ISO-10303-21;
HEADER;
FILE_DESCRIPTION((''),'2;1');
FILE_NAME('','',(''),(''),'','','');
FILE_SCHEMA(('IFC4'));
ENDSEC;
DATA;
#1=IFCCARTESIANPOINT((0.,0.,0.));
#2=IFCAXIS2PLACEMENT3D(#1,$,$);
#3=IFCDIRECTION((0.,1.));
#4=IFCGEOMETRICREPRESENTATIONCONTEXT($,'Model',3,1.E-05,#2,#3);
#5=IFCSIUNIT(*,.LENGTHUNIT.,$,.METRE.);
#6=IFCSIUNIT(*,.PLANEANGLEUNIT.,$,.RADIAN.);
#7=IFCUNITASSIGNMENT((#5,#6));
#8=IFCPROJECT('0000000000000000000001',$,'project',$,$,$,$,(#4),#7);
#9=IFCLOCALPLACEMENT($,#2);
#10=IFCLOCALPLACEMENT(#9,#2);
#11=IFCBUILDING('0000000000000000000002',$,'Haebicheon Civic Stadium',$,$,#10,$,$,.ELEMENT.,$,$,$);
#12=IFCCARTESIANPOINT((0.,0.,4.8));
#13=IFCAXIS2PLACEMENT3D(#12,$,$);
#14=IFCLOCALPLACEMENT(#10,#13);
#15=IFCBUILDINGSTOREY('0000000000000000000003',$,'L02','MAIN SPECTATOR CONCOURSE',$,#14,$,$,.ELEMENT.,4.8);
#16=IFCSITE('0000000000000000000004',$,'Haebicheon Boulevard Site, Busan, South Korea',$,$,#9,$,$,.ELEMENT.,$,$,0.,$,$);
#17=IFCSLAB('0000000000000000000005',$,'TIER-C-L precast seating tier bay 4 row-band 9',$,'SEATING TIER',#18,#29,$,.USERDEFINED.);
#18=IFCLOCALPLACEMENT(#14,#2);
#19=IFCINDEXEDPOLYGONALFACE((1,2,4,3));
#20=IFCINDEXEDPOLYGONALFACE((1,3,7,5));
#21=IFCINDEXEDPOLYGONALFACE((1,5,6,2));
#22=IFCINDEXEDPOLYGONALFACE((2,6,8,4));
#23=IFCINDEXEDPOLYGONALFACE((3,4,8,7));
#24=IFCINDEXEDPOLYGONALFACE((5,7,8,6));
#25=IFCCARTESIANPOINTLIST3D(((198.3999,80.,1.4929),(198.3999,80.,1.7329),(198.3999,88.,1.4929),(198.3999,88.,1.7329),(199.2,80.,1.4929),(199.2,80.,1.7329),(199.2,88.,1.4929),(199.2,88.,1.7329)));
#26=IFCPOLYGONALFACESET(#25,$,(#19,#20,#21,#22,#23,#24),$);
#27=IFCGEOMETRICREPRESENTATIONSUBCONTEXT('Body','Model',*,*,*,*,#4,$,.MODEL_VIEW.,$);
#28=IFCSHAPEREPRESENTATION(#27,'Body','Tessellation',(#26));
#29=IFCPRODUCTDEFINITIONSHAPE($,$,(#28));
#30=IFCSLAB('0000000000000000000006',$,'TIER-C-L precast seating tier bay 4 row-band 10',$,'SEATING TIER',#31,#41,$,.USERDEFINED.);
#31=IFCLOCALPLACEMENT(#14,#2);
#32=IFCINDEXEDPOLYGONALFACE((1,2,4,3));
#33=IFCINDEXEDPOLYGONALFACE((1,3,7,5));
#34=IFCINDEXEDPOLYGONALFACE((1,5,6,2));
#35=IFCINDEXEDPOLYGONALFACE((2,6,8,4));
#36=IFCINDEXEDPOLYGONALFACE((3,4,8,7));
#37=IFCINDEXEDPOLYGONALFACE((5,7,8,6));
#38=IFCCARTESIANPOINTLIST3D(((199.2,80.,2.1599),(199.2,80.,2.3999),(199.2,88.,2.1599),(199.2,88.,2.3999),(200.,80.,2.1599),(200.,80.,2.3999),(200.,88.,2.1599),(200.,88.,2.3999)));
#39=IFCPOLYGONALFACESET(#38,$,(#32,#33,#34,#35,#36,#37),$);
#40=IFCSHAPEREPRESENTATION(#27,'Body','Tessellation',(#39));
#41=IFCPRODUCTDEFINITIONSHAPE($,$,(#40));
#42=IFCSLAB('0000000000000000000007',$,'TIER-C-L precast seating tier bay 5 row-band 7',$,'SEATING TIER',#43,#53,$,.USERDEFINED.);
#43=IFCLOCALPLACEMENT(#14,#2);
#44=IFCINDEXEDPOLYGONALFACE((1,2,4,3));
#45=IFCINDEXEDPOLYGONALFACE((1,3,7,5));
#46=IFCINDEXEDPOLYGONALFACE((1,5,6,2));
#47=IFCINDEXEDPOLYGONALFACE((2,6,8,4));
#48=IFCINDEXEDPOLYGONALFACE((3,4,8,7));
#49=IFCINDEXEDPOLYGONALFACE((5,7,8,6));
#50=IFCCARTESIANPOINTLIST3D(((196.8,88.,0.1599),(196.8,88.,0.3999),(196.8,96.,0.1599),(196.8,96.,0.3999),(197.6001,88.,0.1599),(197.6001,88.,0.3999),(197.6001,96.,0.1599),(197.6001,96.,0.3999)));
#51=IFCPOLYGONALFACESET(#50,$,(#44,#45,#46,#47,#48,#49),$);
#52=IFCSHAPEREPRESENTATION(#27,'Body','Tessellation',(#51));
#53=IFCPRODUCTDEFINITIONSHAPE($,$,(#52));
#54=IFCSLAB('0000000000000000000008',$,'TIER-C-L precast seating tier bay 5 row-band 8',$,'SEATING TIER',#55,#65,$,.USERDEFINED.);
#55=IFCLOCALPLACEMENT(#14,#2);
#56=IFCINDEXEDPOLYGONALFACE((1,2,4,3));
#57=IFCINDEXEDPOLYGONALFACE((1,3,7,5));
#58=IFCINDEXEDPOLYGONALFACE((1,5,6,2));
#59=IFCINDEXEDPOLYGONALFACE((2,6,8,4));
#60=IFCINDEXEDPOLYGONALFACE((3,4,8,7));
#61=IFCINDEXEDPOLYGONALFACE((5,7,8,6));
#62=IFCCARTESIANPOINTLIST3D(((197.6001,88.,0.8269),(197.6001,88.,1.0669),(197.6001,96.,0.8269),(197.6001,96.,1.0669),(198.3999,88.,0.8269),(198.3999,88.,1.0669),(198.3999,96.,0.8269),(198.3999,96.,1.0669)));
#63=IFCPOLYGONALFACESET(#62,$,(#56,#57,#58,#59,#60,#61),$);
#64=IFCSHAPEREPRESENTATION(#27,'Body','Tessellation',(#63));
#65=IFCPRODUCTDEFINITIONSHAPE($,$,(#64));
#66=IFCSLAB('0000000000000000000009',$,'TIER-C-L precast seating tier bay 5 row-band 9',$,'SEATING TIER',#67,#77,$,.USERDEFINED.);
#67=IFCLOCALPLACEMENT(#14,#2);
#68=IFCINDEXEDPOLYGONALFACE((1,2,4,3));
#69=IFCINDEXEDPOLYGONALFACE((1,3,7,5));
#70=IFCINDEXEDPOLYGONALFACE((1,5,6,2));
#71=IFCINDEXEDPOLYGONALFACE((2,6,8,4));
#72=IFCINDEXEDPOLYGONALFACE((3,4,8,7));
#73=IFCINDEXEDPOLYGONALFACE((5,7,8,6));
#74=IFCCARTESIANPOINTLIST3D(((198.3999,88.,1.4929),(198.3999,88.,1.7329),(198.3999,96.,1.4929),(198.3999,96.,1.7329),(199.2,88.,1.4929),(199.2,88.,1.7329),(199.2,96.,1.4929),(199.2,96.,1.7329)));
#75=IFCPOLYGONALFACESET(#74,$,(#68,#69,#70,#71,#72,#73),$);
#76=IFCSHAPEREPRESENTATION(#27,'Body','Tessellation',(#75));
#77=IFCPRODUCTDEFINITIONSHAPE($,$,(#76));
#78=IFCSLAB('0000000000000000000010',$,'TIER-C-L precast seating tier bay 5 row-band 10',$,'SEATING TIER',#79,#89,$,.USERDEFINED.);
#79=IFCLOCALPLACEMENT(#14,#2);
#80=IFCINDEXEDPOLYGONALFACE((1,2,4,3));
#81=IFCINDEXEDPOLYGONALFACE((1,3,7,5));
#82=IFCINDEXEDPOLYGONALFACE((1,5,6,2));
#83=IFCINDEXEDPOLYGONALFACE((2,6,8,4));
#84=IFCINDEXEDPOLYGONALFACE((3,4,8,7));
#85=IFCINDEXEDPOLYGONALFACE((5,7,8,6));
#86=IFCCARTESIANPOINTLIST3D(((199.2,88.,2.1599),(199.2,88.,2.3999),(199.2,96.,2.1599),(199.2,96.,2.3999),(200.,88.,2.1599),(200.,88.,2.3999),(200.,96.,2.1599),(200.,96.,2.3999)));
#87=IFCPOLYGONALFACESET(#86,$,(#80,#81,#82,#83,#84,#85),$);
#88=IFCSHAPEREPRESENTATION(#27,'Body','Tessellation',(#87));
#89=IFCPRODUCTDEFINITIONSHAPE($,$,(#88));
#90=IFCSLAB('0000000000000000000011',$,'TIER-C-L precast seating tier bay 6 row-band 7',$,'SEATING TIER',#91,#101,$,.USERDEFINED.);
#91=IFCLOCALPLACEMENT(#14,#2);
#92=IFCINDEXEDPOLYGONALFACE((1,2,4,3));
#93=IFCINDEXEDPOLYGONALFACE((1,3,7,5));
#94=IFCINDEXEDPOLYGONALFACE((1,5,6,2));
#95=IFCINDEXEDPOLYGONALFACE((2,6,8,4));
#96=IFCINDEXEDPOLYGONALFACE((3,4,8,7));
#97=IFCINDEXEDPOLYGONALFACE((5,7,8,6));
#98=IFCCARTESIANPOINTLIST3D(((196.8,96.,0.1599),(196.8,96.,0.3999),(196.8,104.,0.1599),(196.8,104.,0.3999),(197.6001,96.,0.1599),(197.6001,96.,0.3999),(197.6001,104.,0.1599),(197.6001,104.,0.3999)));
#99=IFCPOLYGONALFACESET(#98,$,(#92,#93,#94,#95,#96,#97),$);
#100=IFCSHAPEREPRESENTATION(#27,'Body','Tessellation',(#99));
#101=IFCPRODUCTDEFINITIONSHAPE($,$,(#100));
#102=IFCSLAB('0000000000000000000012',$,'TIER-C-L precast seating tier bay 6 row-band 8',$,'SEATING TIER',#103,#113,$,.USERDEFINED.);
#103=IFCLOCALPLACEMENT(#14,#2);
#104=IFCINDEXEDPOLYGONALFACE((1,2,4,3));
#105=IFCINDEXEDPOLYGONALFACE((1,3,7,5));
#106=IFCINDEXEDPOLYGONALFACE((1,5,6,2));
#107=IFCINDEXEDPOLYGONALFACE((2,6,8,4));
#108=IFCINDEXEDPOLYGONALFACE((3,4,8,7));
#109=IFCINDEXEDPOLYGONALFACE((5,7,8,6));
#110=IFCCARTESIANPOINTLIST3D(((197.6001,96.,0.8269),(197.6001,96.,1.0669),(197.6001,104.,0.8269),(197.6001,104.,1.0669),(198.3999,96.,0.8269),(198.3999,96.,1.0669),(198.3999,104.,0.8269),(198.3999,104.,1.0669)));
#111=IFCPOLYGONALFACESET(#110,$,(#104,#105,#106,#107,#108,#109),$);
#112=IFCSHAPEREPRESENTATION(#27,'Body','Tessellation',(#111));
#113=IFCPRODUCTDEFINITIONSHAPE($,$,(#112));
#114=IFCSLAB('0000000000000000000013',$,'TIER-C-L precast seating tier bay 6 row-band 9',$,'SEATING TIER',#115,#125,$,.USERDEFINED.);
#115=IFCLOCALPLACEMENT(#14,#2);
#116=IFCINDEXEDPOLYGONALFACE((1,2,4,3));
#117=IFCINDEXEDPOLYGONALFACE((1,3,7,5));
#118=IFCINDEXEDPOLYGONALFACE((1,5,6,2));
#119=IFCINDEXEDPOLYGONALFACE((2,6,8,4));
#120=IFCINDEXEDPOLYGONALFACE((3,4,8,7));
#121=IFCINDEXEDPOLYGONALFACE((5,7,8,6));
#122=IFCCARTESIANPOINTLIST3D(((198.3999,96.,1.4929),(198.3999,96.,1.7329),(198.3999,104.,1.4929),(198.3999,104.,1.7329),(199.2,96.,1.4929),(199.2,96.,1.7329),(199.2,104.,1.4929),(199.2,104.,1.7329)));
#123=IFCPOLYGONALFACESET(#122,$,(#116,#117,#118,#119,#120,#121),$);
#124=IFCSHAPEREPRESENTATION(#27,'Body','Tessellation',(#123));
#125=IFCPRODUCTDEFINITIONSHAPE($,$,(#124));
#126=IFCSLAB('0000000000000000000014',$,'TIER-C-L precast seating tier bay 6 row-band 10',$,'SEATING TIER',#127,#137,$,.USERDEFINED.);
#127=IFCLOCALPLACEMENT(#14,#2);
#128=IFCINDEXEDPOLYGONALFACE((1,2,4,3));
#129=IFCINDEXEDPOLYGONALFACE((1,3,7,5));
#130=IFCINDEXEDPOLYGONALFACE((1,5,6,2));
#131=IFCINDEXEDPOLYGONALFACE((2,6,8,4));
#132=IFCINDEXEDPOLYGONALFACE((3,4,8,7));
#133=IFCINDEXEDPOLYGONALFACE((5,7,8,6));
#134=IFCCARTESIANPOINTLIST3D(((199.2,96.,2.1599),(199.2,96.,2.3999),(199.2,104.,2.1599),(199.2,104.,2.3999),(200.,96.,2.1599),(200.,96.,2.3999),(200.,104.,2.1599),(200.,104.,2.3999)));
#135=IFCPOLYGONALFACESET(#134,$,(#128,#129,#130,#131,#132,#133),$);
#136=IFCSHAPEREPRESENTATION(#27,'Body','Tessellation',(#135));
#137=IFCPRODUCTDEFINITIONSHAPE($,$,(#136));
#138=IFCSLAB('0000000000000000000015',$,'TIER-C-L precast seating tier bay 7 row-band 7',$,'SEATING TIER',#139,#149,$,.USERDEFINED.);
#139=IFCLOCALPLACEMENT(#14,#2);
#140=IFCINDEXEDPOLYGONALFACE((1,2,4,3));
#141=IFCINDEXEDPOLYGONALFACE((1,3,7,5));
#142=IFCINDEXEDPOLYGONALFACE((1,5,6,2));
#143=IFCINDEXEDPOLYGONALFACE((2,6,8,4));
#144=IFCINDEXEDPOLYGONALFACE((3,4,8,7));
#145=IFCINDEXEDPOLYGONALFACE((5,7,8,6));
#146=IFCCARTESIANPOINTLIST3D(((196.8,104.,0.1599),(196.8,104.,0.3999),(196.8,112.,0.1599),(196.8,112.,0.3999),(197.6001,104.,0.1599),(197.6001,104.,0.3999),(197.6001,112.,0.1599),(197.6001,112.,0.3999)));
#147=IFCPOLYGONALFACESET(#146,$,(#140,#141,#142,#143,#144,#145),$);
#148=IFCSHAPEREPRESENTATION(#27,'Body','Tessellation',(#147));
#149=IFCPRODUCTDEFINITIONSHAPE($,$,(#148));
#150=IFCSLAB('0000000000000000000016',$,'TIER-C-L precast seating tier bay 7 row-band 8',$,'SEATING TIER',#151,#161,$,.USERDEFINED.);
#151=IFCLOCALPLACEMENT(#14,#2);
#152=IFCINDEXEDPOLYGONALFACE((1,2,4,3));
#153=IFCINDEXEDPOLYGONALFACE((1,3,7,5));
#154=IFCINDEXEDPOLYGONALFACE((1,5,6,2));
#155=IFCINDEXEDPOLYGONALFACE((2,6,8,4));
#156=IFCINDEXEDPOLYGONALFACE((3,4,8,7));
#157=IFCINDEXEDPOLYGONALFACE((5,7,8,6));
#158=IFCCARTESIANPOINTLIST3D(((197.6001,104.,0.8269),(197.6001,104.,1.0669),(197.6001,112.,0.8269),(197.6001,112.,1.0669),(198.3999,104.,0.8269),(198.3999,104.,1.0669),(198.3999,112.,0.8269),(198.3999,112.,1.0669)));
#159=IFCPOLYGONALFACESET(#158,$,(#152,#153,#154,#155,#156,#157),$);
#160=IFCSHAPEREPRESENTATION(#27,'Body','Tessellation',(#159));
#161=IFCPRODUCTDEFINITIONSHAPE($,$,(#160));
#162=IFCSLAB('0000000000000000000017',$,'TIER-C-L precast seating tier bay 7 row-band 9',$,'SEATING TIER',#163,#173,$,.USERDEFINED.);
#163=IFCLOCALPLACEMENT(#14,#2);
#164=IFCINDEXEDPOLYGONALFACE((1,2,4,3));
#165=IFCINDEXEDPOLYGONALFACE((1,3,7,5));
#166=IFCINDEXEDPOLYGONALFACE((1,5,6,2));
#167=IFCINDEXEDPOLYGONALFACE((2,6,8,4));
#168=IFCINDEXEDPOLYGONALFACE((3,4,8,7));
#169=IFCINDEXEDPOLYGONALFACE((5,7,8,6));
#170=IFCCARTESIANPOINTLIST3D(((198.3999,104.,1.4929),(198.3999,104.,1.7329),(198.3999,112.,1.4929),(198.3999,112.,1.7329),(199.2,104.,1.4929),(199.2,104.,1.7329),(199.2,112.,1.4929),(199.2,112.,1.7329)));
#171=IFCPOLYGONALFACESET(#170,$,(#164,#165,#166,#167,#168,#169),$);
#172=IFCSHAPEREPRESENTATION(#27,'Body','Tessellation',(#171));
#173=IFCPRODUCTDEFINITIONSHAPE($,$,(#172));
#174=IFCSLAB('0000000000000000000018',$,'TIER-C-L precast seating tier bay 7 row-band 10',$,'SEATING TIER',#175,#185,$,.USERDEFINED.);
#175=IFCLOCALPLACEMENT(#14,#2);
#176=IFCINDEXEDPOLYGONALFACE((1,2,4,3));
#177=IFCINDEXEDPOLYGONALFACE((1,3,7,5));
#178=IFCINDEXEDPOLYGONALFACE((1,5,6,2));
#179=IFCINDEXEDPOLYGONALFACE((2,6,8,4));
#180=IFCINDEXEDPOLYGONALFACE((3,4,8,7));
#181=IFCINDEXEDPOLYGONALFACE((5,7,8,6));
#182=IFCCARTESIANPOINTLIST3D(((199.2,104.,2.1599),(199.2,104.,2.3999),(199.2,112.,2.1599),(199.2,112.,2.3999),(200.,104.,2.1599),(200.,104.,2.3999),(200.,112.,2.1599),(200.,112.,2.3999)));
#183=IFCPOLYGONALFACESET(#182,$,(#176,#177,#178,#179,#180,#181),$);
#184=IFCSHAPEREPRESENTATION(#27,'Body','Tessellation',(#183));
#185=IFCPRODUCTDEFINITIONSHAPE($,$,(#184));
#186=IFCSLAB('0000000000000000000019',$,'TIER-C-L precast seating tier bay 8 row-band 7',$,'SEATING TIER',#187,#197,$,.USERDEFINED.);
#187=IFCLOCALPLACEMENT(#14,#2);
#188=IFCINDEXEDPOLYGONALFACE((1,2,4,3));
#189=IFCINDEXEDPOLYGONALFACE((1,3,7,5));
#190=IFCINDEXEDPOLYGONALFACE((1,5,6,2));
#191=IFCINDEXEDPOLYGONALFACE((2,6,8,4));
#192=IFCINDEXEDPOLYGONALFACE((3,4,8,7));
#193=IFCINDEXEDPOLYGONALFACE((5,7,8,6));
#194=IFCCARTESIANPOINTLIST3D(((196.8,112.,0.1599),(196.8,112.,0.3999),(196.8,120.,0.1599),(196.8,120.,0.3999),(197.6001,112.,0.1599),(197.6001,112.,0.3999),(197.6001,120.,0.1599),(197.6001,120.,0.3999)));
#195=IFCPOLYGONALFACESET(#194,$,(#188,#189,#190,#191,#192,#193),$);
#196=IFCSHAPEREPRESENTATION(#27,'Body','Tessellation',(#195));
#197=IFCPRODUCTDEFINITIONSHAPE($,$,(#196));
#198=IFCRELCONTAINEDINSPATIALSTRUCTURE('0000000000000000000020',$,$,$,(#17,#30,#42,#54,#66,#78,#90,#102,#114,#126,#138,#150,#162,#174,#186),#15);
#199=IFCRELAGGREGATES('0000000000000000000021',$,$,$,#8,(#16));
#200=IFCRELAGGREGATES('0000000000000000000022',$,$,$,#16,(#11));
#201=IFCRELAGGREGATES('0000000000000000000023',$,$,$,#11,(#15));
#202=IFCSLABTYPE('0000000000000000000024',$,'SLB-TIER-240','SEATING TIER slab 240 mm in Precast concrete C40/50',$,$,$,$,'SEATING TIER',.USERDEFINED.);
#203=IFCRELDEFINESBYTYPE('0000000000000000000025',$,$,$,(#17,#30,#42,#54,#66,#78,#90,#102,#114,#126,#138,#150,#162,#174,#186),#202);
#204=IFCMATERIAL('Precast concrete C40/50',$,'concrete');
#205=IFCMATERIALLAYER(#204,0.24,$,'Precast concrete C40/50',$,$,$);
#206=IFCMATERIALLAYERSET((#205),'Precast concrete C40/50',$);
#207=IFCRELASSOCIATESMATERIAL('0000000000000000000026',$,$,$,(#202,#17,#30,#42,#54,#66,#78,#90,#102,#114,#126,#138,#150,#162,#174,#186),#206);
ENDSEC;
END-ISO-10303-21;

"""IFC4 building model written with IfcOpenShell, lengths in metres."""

from ifc_helpers import new_model, si_unit, direction, frame, origin, place, context, subcontext, project, spatial, polyline, outline, extrude, material, layer, layer_set, type_object, element, save


model = new_model("IFC4")

# Units and contexts
model_context = context("Model", 3, precision=1e-05, world=origin(), true_north=direction((0.0, 1.0)))
body_context = subcontext(model_context, "Body", "Model", "MODEL_VIEW")
ifc_project = project(units=[si_unit("LENGTHUNIT", "METRE"), si_unit("PLANEANGLEUNIT", "RADIAN")], contexts=[model_context])

# Site, building, storey
site_placement = place(None, origin())
site = spatial("IfcSite", under=ifc_project, at=site_placement, Name="Haebicheon Boulevard Site, Busan, South Korea", CompositionType="ELEMENT", RefElevation=0.0)
building_placement = place(site_placement, origin())
building = spatial("IfcBuilding", under=site, at=building_placement, Name="Haebicheon Civic Stadium", CompositionType="ELEMENT")
storey_placement = place(building_placement, frame((0.0, 0.0, 4.8)))
storey = spatial("IfcBuildingStorey", under=building, at=storey_placement, Name="L02", Description="MAIN SPECTATOR CONCOURSE", CompositionType="ELEMENT", Elevation=4.8)

# Slabs
ifc_material_1 = material(Name="Precast concrete C40/50", Category="concrete")
ifc_layer_1 = layer(ifc_material_1, 0.24, Name="Precast concrete C40/50")
ifc_layer_set_1 = layer_set([ifc_layer_1], Name="Precast concrete C40/50")
slab_type_1 = type_object("IfcSlabType", Name="SLB-TIER-240", Description="SEATING TIER slab 240 mm in Precast concrete C40/50", ElementType="SEATING TIER", PredefinedType="USERDEFINED", material=ifc_layer_set_1)
slab_1_placement = place(storey_placement, frame((0.0, 0.0, 1.4929)))
element("IfcSlab", 1, at=slab_1_placement, inside=storey, type_object=slab_type_1, material=ifc_layer_set_1, Name="TIER-C-L precast seating tier bay 4 row-band 9", ObjectType="SEATING TIER", PredefinedType="USERDEFINED", context=body_context, shape_type="SweptSolid", body=[
    extrude(outline(polyline([(198.3999, 80.0), (199.2, 80.0), (199.2, 88.0), (198.3999, 88.0), (198.3999, 80.0)])), origin(), (0.0, 0.0, 1.0), 0.24),
])
slab_2_placement = place(storey_placement, frame((0.0, 0.0, 2.1599)))
element("IfcSlab", 2, at=slab_2_placement, inside=storey, type_object=slab_type_1, material=ifc_layer_set_1, Name="TIER-C-L precast seating tier bay 4 row-band 10", ObjectType="SEATING TIER", PredefinedType="USERDEFINED", context=body_context, shape_type="SweptSolid", body=[
    extrude(outline(polyline([(199.2, 80.0), (200.0, 80.0), (200.0, 88.0), (199.2, 88.0), (199.2, 80.0)])), origin(), (0.0, 0.0, 1.0), 0.24),
])
slab_3_placement = place(storey_placement, frame((0.0, 0.0, 0.1599)))
element("IfcSlab", 3, at=slab_3_placement, inside=storey, type_object=slab_type_1, material=ifc_layer_set_1, Name="TIER-C-L precast seating tier bay 5 row-band 7", ObjectType="SEATING TIER", PredefinedType="USERDEFINED", context=body_context, shape_type="SweptSolid", body=[
    extrude(outline(polyline([(196.8, 88.0), (197.6001, 88.0), (197.6001, 96.0), (196.8, 96.0), (196.8, 88.0)])), origin(), (0.0, 0.0, 1.0), 0.24),
])
slab_4_placement = place(storey_placement, frame((0.0, 0.0, 0.8269)))
element("IfcSlab", 4, at=slab_4_placement, inside=storey, type_object=slab_type_1, material=ifc_layer_set_1, Name="TIER-C-L precast seating tier bay 5 row-band 8", ObjectType="SEATING TIER", PredefinedType="USERDEFINED", context=body_context, shape_type="SweptSolid", body=[
    extrude(outline(polyline([(197.6001, 88.0), (198.3999, 88.0), (198.3999, 96.0), (197.6001, 96.0), (197.6001, 88.0)])), origin(), (0.0, 0.0, 1.0), 0.24),
])
slab_5_placement = place(storey_placement, frame((0.0, 0.0, 1.4929)))
element("IfcSlab", 5, at=slab_5_placement, inside=storey, type_object=slab_type_1, material=ifc_layer_set_1, Name="TIER-C-L precast seating tier bay 5 row-band 9", ObjectType="SEATING TIER", PredefinedType="USERDEFINED", context=body_context, shape_type="SweptSolid", body=[
    extrude(outline(polyline([(198.3999, 88.0), (199.2, 88.0), (199.2, 96.0), (198.3999, 96.0), (198.3999, 88.0)])), origin(), (0.0, 0.0, 1.0), 0.24),
])
slab_6_placement = place(storey_placement, frame((0.0, 0.0, 2.1599)))
element("IfcSlab", 6, at=slab_6_placement, inside=storey, type_object=slab_type_1, material=ifc_layer_set_1, Name="TIER-C-L precast seating tier bay 5 row-band 10", ObjectType="SEATING TIER", PredefinedType="USERDEFINED", context=body_context, shape_type="SweptSolid", body=[
    extrude(outline(polyline([(199.2, 88.0), (200.0, 88.0), (200.0, 96.0), (199.2, 96.0), (199.2, 88.0)])), origin(), (0.0, 0.0, 1.0), 0.24),
])
slab_7_placement = place(storey_placement, frame((0.0, 0.0, 0.1599)))
element("IfcSlab", 7, at=slab_7_placement, inside=storey, type_object=slab_type_1, material=ifc_layer_set_1, Name="TIER-C-L precast seating tier bay 6 row-band 7", ObjectType="SEATING TIER", PredefinedType="USERDEFINED", context=body_context, shape_type="SweptSolid", body=[
    extrude(outline(polyline([(196.8, 96.0), (197.6001, 96.0), (197.6001, 104.0), (196.8, 104.0), (196.8, 96.0)])), origin(), (0.0, 0.0, 1.0), 0.24),
])
slab_8_placement = place(storey_placement, frame((0.0, 0.0, 0.8269)))
element("IfcSlab", 8, at=slab_8_placement, inside=storey, type_object=slab_type_1, material=ifc_layer_set_1, Name="TIER-C-L precast seating tier bay 6 row-band 8", ObjectType="SEATING TIER", PredefinedType="USERDEFINED", context=body_context, shape_type="SweptSolid", body=[
    extrude(outline(polyline([(197.6001, 96.0), (198.3999, 96.0), (198.3999, 104.0), (197.6001, 104.0), (197.6001, 96.0)])), origin(), (0.0, 0.0, 1.0), 0.24),
])
slab_9_placement = place(storey_placement, frame((0.0, 0.0, 1.4929)))
element("IfcSlab", 9, at=slab_9_placement, inside=storey, type_object=slab_type_1, material=ifc_layer_set_1, Name="TIER-C-L precast seating tier bay 6 row-band 9", ObjectType="SEATING TIER", PredefinedType="USERDEFINED", context=body_context, shape_type="SweptSolid", body=[
    extrude(outline(polyline([(198.3999, 96.0), (199.2, 96.0), (199.2, 104.0), (198.3999, 104.0), (198.3999, 96.0)])), origin(), (0.0, 0.0, 1.0), 0.24),
])
slab_10_placement = place(storey_placement, frame((0.0, 0.0, 2.1599)))
element("IfcSlab", 10, at=slab_10_placement, inside=storey, type_object=slab_type_1, material=ifc_layer_set_1, Name="TIER-C-L precast seating tier bay 6 row-band 10", ObjectType="SEATING TIER", PredefinedType="USERDEFINED", context=body_context, shape_type="SweptSolid", body=[
    extrude(outline(polyline([(199.2, 96.0), (200.0, 96.0), (200.0, 104.0), (199.2, 104.0), (199.2, 96.0)])), origin(), (0.0, 0.0, 1.0), 0.24),
])
slab_11_placement = place(storey_placement, frame((0.0, 0.0, 0.1599)))
element("IfcSlab", 11, at=slab_11_placement, inside=storey, type_object=slab_type_1, material=ifc_layer_set_1, Name="TIER-C-L precast seating tier bay 7 row-band 7", ObjectType="SEATING TIER", PredefinedType="USERDEFINED", context=body_context, shape_type="SweptSolid", body=[
    extrude(outline(polyline([(196.8, 104.0), (197.6001, 104.0), (197.6001, 112.0), (196.8, 112.0), (196.8, 104.0)])), origin(), (0.0, 0.0, 1.0), 0.24),
])
slab_12_placement = place(storey_placement, frame((0.0, 0.0, 0.8269)))
element("IfcSlab", 12, at=slab_12_placement, inside=storey, type_object=slab_type_1, material=ifc_layer_set_1, Name="TIER-C-L precast seating tier bay 7 row-band 8", ObjectType="SEATING TIER", PredefinedType="USERDEFINED", context=body_context, shape_type="SweptSolid", body=[
    extrude(outline(polyline([(197.6001, 104.0), (198.3999, 104.0), (198.3999, 112.0), (197.6001, 112.0), (197.6001, 104.0)])), origin(), (0.0, 0.0, 1.0), 0.24),
])
slab_13_placement = place(storey_placement, frame((0.0, 0.0, 1.4929)))
element("IfcSlab", 13, at=slab_13_placement, inside=storey, type_object=slab_type_1, material=ifc_layer_set_1, Name="TIER-C-L precast seating tier bay 7 row-band 9", ObjectType="SEATING TIER", PredefinedType="USERDEFINED", context=body_context, shape_type="SweptSolid", body=[
    extrude(outline(polyline([(198.3999, 104.0), (199.2, 104.0), (199.2, 112.0), (198.3999, 112.0), (198.3999, 104.0)])), origin(), (0.0, 0.0, 1.0), 0.24),
])
slab_14_placement = place(storey_placement, frame((0.0, 0.0, 2.1599)))
element("IfcSlab", 14, at=slab_14_placement, inside=storey, type_object=slab_type_1, material=ifc_layer_set_1, Name="TIER-C-L precast seating tier bay 7 row-band 10", ObjectType="SEATING TIER", PredefinedType="USERDEFINED", context=body_context, shape_type="SweptSolid", body=[
    extrude(outline(polyline([(199.2, 104.0), (200.0, 104.0), (200.0, 112.0), (199.2, 112.0), (199.2, 104.0)])), origin(), (0.0, 0.0, 1.0), 0.24),
])
slab_15_placement = place(storey_placement, frame((0.0, 0.0, 0.1599)))
element("IfcSlab", 15, at=slab_15_placement, inside=storey, type_object=slab_type_1, material=ifc_layer_set_1, Name="TIER-C-L precast seating tier bay 8 row-band 7", ObjectType="SEATING TIER", PredefinedType="USERDEFINED", context=body_context, shape_type="SweptSolid", body=[
    extrude(outline(polyline([(196.8, 112.0), (197.6001, 112.0), (197.6001, 120.0), (196.8, 120.0), (196.8, 112.0)])), origin(), (0.0, 0.0, 1.0), 0.24),
])

save(model, "model.ifc")
